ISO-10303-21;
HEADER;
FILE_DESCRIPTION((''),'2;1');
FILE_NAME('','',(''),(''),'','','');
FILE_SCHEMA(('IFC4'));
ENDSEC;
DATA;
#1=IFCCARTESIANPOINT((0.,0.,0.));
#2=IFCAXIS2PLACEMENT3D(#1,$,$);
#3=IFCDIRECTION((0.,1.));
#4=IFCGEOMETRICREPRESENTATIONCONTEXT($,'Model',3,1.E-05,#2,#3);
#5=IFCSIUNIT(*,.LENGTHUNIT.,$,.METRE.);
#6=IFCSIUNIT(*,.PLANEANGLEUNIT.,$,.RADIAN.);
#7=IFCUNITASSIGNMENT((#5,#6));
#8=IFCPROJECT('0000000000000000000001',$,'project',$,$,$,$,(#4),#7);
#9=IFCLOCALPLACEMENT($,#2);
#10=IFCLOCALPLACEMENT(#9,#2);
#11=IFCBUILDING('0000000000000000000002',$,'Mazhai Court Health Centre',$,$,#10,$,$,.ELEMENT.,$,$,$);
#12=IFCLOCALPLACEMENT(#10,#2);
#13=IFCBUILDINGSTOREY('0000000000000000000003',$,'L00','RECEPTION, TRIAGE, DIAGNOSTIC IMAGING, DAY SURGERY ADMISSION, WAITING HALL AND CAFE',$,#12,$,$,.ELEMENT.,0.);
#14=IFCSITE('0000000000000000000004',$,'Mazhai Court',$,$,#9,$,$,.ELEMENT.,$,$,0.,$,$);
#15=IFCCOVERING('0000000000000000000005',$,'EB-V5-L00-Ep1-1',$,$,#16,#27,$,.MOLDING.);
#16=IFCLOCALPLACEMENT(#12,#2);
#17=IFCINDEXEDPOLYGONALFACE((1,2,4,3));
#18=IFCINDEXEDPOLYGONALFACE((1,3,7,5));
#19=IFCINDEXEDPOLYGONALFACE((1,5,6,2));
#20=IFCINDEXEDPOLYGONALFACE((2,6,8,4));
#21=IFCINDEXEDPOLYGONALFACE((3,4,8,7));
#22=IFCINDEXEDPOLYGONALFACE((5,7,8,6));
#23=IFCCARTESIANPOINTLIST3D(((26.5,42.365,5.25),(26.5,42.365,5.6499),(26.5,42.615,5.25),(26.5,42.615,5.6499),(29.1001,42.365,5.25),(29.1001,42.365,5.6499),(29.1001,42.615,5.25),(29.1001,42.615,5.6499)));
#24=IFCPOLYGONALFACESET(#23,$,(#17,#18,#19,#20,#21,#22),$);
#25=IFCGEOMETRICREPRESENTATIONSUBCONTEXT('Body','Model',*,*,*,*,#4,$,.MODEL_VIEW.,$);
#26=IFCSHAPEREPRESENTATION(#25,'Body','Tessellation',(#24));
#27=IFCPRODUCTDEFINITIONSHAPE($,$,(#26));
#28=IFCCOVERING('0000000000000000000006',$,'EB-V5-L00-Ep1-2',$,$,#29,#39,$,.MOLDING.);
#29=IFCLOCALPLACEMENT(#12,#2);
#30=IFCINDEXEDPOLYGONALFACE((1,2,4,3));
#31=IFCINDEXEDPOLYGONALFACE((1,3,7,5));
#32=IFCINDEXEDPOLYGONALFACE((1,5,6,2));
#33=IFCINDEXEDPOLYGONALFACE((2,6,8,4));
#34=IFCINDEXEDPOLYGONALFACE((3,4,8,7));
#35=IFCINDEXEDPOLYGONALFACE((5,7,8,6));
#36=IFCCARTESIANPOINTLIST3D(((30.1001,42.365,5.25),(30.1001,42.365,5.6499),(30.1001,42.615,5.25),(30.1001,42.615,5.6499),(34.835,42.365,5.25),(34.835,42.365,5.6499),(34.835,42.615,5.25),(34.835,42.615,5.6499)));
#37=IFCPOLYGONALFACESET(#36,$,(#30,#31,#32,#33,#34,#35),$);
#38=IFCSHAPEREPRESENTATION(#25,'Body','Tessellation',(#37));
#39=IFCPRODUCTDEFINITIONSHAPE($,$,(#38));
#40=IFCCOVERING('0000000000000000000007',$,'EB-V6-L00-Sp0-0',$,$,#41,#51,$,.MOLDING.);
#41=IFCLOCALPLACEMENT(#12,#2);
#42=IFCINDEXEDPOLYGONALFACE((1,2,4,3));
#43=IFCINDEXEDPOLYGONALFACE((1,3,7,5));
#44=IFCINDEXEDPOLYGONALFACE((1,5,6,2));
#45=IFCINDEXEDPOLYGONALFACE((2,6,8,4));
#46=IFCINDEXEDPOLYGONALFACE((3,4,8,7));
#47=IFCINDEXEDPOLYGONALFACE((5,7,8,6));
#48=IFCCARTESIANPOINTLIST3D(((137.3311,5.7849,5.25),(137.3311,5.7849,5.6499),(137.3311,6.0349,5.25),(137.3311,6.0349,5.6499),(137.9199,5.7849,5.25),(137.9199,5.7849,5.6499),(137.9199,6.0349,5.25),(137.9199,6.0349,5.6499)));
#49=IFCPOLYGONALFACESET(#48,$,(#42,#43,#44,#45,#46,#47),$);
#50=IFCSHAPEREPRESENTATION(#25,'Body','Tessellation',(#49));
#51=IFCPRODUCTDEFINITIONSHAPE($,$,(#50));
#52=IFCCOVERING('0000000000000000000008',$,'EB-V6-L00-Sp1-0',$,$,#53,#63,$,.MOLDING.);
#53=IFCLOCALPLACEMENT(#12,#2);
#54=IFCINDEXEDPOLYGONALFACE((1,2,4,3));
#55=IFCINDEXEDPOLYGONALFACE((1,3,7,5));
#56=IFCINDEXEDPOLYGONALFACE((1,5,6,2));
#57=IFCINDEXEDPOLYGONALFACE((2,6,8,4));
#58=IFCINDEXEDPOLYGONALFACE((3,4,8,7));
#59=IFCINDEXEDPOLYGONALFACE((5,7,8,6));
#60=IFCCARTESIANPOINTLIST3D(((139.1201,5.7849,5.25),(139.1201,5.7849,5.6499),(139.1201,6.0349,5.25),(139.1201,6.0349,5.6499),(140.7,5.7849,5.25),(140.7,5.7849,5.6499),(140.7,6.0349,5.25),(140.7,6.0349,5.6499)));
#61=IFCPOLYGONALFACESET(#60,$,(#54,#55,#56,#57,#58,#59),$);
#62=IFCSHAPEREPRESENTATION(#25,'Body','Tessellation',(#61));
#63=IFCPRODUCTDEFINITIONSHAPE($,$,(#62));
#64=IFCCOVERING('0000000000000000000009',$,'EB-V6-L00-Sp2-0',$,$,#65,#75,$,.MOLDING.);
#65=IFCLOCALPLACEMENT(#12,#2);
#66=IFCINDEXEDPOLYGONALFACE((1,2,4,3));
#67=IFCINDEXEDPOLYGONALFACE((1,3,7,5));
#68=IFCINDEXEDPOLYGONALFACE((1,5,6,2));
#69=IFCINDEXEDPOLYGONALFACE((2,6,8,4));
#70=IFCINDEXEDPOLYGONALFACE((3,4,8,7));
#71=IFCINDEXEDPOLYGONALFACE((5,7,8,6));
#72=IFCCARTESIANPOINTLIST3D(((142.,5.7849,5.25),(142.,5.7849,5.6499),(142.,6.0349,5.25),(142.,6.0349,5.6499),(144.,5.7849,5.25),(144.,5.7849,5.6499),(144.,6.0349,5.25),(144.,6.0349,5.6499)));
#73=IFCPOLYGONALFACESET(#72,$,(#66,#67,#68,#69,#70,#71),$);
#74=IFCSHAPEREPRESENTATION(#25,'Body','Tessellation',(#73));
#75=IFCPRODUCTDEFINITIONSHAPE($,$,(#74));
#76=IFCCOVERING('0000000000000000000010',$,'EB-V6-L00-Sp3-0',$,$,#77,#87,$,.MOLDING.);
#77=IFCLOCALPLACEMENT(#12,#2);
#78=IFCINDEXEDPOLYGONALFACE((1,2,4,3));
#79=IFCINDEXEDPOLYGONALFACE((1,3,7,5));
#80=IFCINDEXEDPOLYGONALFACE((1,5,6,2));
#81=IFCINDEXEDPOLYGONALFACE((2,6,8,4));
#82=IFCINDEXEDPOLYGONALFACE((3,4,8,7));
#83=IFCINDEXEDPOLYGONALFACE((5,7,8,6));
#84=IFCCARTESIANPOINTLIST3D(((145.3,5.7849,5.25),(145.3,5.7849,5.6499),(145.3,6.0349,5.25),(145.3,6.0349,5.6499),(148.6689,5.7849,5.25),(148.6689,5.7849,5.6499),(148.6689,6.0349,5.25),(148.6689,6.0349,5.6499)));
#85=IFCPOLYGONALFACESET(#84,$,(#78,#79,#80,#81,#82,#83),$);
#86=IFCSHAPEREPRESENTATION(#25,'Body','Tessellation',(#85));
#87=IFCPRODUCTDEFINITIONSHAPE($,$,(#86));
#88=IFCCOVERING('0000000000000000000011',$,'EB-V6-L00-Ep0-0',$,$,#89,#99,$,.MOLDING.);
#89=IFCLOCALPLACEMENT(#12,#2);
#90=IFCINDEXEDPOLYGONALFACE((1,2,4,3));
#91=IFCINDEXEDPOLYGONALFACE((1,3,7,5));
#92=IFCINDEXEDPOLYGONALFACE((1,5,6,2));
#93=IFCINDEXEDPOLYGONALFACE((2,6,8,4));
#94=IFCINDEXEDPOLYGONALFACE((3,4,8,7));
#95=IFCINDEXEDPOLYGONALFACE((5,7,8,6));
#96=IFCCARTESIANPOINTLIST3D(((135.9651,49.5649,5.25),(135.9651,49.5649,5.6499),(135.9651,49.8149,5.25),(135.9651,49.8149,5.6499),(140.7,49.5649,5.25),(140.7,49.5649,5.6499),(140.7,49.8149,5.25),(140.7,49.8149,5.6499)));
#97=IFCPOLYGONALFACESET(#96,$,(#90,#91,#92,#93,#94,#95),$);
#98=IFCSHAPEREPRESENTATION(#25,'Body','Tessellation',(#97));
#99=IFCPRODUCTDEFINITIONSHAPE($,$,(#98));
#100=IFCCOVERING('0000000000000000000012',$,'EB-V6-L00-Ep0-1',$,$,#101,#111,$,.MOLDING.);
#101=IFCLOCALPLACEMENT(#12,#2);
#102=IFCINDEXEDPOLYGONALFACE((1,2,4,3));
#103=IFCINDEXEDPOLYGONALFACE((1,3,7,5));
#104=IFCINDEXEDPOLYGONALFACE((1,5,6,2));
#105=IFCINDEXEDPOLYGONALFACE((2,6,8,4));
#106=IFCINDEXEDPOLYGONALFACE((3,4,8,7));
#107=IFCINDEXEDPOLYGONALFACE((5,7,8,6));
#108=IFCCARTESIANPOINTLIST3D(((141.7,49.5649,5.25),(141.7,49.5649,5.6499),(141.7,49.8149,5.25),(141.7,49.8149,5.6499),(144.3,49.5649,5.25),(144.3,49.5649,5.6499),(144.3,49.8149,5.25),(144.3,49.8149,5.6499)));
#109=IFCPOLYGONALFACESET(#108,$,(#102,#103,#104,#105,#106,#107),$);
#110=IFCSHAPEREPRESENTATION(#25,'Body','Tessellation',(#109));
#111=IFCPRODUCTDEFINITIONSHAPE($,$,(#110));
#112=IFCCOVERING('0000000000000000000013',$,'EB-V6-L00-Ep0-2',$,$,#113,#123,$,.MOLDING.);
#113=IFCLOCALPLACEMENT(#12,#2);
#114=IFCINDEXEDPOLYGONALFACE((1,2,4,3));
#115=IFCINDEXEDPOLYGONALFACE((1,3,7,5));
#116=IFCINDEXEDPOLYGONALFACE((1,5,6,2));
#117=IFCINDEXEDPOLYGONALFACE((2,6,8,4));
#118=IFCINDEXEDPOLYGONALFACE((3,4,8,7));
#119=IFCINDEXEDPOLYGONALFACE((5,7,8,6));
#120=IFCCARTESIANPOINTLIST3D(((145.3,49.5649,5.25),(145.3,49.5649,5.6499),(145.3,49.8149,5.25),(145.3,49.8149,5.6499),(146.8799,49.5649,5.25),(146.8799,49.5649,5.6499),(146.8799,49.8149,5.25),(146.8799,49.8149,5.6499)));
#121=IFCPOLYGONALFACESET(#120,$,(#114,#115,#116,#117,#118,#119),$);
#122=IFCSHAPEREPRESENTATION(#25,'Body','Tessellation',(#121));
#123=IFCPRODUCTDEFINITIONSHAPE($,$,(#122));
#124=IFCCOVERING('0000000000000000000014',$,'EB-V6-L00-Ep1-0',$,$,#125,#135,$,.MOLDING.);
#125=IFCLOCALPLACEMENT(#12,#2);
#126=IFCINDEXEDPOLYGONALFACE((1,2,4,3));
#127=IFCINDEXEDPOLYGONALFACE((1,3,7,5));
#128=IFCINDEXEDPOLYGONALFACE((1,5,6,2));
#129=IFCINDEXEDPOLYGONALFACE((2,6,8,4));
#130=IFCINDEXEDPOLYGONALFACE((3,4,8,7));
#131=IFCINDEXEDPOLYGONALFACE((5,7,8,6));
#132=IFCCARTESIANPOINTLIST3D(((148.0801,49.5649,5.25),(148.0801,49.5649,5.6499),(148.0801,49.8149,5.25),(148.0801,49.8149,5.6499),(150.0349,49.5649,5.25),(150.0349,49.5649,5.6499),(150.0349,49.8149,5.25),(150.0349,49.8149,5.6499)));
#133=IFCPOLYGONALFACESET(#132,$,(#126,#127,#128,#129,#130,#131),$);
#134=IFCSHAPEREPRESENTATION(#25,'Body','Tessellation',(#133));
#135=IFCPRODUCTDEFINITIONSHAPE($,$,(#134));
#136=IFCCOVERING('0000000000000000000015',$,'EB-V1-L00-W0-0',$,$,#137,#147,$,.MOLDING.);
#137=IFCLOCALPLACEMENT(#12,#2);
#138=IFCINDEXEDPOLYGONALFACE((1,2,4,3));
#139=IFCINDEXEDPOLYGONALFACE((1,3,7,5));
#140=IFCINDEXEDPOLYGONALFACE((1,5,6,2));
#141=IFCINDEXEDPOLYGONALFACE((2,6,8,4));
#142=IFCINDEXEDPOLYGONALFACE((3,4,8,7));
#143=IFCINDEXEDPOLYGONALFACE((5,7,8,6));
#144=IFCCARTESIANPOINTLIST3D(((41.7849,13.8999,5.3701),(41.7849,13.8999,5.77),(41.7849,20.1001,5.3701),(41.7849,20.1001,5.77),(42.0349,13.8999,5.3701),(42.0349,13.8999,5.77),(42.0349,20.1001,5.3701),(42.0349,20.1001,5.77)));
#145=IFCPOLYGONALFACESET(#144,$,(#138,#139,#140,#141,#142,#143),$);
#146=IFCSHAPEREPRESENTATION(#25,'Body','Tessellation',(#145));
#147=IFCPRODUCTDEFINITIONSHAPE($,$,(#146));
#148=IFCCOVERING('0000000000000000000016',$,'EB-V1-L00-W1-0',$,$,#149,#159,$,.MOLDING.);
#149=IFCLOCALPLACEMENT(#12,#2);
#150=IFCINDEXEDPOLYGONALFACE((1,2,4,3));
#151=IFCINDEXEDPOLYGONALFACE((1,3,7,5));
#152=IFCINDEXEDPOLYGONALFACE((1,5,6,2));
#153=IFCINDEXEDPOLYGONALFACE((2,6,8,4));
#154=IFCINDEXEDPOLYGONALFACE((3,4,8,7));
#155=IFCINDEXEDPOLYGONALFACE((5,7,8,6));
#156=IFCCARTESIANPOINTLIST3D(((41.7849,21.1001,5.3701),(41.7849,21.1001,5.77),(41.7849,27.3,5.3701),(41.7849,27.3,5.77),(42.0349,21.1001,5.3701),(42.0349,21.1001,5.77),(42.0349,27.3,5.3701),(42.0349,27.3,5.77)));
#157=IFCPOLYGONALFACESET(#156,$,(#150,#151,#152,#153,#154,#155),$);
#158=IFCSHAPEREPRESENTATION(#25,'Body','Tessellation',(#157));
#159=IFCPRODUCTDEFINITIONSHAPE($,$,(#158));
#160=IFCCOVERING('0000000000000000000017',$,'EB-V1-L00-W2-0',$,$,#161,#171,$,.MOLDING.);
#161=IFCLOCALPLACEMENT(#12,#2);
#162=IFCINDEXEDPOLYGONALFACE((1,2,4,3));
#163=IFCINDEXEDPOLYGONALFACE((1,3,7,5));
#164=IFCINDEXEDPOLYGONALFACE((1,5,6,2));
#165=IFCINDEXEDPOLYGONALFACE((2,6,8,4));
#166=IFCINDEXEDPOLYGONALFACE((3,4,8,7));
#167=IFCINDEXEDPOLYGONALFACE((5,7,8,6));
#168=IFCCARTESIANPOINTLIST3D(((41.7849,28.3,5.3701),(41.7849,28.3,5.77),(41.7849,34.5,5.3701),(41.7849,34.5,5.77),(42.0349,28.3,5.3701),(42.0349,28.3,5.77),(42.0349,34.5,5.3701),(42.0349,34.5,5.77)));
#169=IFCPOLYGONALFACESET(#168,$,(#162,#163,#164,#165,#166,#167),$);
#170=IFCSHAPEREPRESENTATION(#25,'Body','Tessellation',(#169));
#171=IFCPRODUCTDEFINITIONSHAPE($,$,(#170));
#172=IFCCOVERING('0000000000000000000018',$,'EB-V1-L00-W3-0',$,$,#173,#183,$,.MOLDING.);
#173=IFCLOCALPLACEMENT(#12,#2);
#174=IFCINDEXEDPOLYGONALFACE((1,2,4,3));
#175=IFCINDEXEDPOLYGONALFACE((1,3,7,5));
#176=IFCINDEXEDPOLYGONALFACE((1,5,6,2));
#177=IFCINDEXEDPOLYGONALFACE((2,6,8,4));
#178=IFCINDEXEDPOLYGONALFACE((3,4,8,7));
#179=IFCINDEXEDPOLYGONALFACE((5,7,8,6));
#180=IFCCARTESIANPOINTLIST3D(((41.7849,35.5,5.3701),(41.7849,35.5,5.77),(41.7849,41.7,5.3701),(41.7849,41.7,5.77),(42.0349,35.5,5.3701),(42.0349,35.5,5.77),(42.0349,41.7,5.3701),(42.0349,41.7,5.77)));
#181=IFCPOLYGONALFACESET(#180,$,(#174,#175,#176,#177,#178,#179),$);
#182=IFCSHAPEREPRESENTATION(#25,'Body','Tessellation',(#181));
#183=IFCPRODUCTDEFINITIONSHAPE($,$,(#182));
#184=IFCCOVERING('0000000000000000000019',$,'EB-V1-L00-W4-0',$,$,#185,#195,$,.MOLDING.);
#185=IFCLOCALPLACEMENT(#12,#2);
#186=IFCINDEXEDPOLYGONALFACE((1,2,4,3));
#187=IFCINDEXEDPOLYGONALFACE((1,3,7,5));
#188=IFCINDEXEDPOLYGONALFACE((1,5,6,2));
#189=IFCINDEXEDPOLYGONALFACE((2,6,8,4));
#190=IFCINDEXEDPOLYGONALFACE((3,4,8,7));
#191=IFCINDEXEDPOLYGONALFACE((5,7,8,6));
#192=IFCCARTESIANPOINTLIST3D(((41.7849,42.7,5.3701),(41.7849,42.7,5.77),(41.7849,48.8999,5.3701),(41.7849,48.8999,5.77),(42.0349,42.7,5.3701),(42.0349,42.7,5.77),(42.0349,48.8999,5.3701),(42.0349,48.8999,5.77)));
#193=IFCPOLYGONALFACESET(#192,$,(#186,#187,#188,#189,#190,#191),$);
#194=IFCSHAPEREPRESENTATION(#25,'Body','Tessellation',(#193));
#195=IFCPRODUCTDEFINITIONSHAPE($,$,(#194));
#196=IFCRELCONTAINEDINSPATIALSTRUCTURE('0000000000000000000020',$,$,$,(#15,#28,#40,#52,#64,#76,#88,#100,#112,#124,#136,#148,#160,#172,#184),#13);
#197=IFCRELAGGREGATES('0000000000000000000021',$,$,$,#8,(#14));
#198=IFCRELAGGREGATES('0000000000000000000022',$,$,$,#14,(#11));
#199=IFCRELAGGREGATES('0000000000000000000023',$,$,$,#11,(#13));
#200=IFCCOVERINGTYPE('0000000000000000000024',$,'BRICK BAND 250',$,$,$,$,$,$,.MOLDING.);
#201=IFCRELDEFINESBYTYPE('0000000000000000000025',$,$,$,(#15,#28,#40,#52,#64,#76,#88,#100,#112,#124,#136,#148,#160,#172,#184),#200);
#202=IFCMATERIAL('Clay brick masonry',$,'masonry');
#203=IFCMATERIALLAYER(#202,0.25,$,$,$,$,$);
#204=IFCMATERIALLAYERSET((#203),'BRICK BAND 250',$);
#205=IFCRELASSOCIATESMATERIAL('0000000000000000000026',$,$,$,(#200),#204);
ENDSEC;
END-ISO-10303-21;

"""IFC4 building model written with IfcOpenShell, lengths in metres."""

from ifc_helpers import new_model, si_unit, direction, frame, origin, place, context, subcontext, project, spatial, polyline, outline, extrude, material, layer, layer_set, type_object, element, save


model = new_model("IFC4")

# Units and contexts
model_context = context("Model", 3, precision=1e-05, world=origin(), true_north=direction((0.0, 1.0)))
body_context = subcontext(model_context, "Body", "Model", "MODEL_VIEW")
ifc_project = project(units=[si_unit("LENGTHUNIT", "METRE"), si_unit("PLANEANGLEUNIT", "RADIAN")], contexts=[model_context])

# Site, building, storey
site_placement = place(None, origin())
site = spatial("IfcSite", under=ifc_project, at=site_placement, Name="Mazhai Court", CompositionType="ELEMENT", RefElevation=0.0)
building_placement = place(site_placement, origin())
building = spatial("IfcBuilding", under=site, at=building_placement, Name="Mazhai Court Health Centre", CompositionType="ELEMENT")
storey_placement = place(building_placement, origin())
storey = spatial("IfcBuildingStorey", under=building, at=storey_placement, Name="L00", Description="RECEPTION, TRIAGE, DIAGNOSTIC IMAGING, DAY SURGERY ADMISSION, WAITING HALL AND CAFE", CompositionType="ELEMENT", Elevation=0.0)

# Coverings
ifc_material = material(Name="Clay brick masonry", Category="masonry")
ifc_layer = layer(ifc_material, 0.25)
ifc_layer_set = layer_set([ifc_layer], Name="BRICK BAND 250")
covering_type = type_object("IfcCoveringType", Name="BRICK BAND 250", PredefinedType="MOLDING", material=ifc_layer_set)
covering_1_placement = place(storey_placement, frame((0.0, 0.0, 5.25)))
element("IfcCovering", 1, at=covering_1_placement, inside=storey, type_object=covering_type, Name="EB-V5-L00-Ep1-1", PredefinedType="MOLDING", context=body_context, shape_type="SweptSolid", body=[
    extrude(outline(polyline([(26.5, 42.365), (29.1001, 42.365), (29.1001, 42.615), (26.5, 42.615), (26.5, 42.365)])), origin(), (0.0, 0.0, 1.0), 0.3999),
])
covering_2_placement = place(storey_placement, frame((0.0, 0.0, 5.25)))
element("IfcCovering", 2, at=covering_2_placement, inside=storey, type_object=covering_type, Name="EB-V5-L00-Ep1-2", PredefinedType="MOLDING", context=body_context, shape_type="SweptSolid", body=[
    extrude(outline(polyline([(30.1001, 42.365), (34.835, 42.365), (34.835, 42.615), (30.1001, 42.615), (30.1001, 42.365)])), origin(), (0.0, 0.0, 1.0), 0.3999),
])
covering_3_placement = place(storey_placement, frame((0.0, 0.0, 5.25)))
element("IfcCovering", 3, at=covering_3_placement, inside=storey, type_object=covering_type, Name="EB-V6-L00-Sp0-0", PredefinedType="MOLDING", context=body_context, shape_type="SweptSolid", body=[
    extrude(outline(polyline([(137.9199, 6.0349), (137.3311, 6.0349), (137.3311, 5.7849), (137.9199, 5.7849), (137.9199, 6.0349)])), origin(), (0.0, 0.0, 1.0), 0.3999),
])
covering_4_placement = place(storey_placement, frame((0.0, 0.0, 5.25)))
element("IfcCovering", 4, at=covering_4_placement, inside=storey, type_object=covering_type, Name="EB-V6-L00-Sp1-0", PredefinedType="MOLDING", context=body_context, shape_type="SweptSolid", body=[
    extrude(outline(polyline([(140.7, 6.0349), (139.1201, 6.0349), (139.1201, 5.7849), (140.7, 5.7849), (140.7, 6.0349)])), origin(), (0.0, 0.0, 1.0), 0.3999),
])
covering_5_placement = place(storey_placement, frame((0.0, 0.0, 5.25)))
element("IfcCovering", 5, at=covering_5_placement, inside=storey, type_object=covering_type, Name="EB-V6-L00-Sp2-0", PredefinedType="MOLDING", context=body_context, shape_type="SweptSolid", body=[
    extrude(outline(polyline([(144.0, 6.0349), (142.0, 6.0349), (142.0, 5.7849), (144.0, 5.7849), (144.0, 6.0349)])), origin(), (0.0, 0.0, 1.0), 0.3999),
])
covering_6_placement = place(storey_placement, frame((0.0, 0.0, 5.25)))
element("IfcCovering", 6, at=covering_6_placement, inside=storey, type_object=covering_type, Name="EB-V6-L00-Sp3-0", PredefinedType="MOLDING", context=body_context, shape_type="SweptSolid", body=[
    extrude(outline(polyline([(148.6689, 6.0349), (145.3, 6.0349), (145.3, 5.7849), (148.6689, 5.7849), (148.6689, 6.0349)])), origin(), (0.0, 0.0, 1.0), 0.3999),
])
covering_7_placement = place(storey_placement, frame((0.0, 0.0, 5.25)))
element("IfcCovering", 7, at=covering_7_placement, inside=storey, type_object=covering_type, Name="EB-V6-L00-Ep0-0", PredefinedType="MOLDING", context=body_context, shape_type="SweptSolid", body=[
    extrude(outline(polyline([(135.9651, 49.5649), (140.7, 49.5649), (140.7, 49.8149), (135.9651, 49.8149), (135.9651, 49.5649)])), origin(), (0.0, 0.0, 1.0), 0.3999),
])
covering_8_placement = place(storey_placement, frame((0.0, 0.0, 5.25)))
element("IfcCovering", 8, at=covering_8_placement, inside=storey, type_object=covering_type, Name="EB-V6-L00-Ep0-1", PredefinedType="MOLDING", context=body_context, shape_type="SweptSolid", body=[
    extrude(outline(polyline([(141.7, 49.5649), (144.3, 49.5649), (144.3, 49.8149), (141.7, 49.8149), (141.7, 49.5649)])), origin(), (0.0, 0.0, 1.0), 0.3999),
])
covering_9_placement = place(storey_placement, frame((0.0, 0.0, 5.25)))
element("IfcCovering", 9, at=covering_9_placement, inside=storey, type_object=covering_type, Name="EB-V6-L00-Ep0-2", PredefinedType="MOLDING", context=body_context, shape_type="SweptSolid", body=[
    extrude(outline(polyline([(145.3, 49.5649), (146.8799, 49.5649), (146.8799, 49.8149), (145.3, 49.8149), (145.3, 49.5649)])), origin(), (0.0, 0.0, 1.0), 0.3999),
])
covering_10_placement = place(storey_placement, frame((0.0, 0.0, 5.25)))
element("IfcCovering", 10, at=covering_10_placement, inside=storey, type_object=covering_type, Name="EB-V6-L00-Ep1-0", PredefinedType="MOLDING", context=body_context, shape_type="SweptSolid", body=[
    extrude(outline(polyline([(148.0801, 49.5649), (150.0349, 49.5649), (150.0349, 49.8149), (148.0801, 49.8149), (148.0801, 49.5649)])), origin(), (0.0, 0.0, 1.0), 0.3999),
])
covering_11_placement = place(storey_placement, frame((0.0, 0.0, 5.3701)))
element("IfcCovering", 11, at=covering_11_placement, inside=storey, type_object=covering_type, Name="EB-V1-L00-W0-0", PredefinedType="MOLDING", context=body_context, shape_type="SweptSolid", body=[
    extrude(outline(polyline([(42.0349, 13.8999), (42.0349, 20.1001), (41.7849, 20.1001), (41.7849, 13.8999), (42.0349, 13.8999)])), origin(), (0.0, 0.0, 1.0), 0.3999),
])
covering_12_placement = place(storey_placement, frame((0.0, 0.0, 5.3701)))
element("IfcCovering", 12, at=covering_12_placement, inside=storey, type_object=covering_type, Name="EB-V1-L00-W1-0", PredefinedType="MOLDING", context=body_context, shape_type="SweptSolid", body=[
    extrude(outline(polyline([(42.0349, 21.1001), (42.0349, 27.3), (41.7849, 27.3), (41.7849, 21.1001), (42.0349, 21.1001)])), origin(), (0.0, 0.0, 1.0), 0.3999),
])
covering_13_placement = place(storey_placement, frame((0.0, 0.0, 5.3701)))
element("IfcCovering", 13, at=covering_13_placement, inside=storey, type_object=covering_type, Name="EB-V1-L00-W2-0", PredefinedType="MOLDING", context=body_context, shape_type="SweptSolid", body=[
    extrude(outline(polyline([(42.0349, 28.3), (42.0349, 34.5), (41.7849, 34.5), (41.7849, 28.3), (42.0349, 28.3)])), origin(), (0.0, 0.0, 1.0), 0.3999),
])
covering_14_placement = place(storey_placement, frame((0.0, 0.0, 5.3701)))
element("IfcCovering", 14, at=covering_14_placement, inside=storey, type_object=covering_type, Name="EB-V1-L00-W3-0", PredefinedType="MOLDING", context=body_context, shape_type="SweptSolid", body=[
    extrude(outline(polyline([(42.0349, 35.5), (42.0349, 41.7), (41.7849, 41.7), (41.7849, 35.5), (42.0349, 35.5)])), origin(), (0.0, 0.0, 1.0), 0.3999),
])
covering_15_placement = place(storey_placement, frame((0.0, 0.0, 5.3701)))
element("IfcCovering", 15, at=covering_15_placement, inside=storey, type_object=covering_type, Name="EB-V1-L00-W4-0", PredefinedType="MOLDING", context=body_context, shape_type="SweptSolid", body=[
    extrude(outline(polyline([(42.0349, 42.7), (42.0349, 48.8999), (41.7849, 48.8999), (41.7849, 42.7), (42.0349, 42.7)])), origin(), (0.0, 0.0, 1.0), 0.3999),
])

save(model, "model.ifc")
